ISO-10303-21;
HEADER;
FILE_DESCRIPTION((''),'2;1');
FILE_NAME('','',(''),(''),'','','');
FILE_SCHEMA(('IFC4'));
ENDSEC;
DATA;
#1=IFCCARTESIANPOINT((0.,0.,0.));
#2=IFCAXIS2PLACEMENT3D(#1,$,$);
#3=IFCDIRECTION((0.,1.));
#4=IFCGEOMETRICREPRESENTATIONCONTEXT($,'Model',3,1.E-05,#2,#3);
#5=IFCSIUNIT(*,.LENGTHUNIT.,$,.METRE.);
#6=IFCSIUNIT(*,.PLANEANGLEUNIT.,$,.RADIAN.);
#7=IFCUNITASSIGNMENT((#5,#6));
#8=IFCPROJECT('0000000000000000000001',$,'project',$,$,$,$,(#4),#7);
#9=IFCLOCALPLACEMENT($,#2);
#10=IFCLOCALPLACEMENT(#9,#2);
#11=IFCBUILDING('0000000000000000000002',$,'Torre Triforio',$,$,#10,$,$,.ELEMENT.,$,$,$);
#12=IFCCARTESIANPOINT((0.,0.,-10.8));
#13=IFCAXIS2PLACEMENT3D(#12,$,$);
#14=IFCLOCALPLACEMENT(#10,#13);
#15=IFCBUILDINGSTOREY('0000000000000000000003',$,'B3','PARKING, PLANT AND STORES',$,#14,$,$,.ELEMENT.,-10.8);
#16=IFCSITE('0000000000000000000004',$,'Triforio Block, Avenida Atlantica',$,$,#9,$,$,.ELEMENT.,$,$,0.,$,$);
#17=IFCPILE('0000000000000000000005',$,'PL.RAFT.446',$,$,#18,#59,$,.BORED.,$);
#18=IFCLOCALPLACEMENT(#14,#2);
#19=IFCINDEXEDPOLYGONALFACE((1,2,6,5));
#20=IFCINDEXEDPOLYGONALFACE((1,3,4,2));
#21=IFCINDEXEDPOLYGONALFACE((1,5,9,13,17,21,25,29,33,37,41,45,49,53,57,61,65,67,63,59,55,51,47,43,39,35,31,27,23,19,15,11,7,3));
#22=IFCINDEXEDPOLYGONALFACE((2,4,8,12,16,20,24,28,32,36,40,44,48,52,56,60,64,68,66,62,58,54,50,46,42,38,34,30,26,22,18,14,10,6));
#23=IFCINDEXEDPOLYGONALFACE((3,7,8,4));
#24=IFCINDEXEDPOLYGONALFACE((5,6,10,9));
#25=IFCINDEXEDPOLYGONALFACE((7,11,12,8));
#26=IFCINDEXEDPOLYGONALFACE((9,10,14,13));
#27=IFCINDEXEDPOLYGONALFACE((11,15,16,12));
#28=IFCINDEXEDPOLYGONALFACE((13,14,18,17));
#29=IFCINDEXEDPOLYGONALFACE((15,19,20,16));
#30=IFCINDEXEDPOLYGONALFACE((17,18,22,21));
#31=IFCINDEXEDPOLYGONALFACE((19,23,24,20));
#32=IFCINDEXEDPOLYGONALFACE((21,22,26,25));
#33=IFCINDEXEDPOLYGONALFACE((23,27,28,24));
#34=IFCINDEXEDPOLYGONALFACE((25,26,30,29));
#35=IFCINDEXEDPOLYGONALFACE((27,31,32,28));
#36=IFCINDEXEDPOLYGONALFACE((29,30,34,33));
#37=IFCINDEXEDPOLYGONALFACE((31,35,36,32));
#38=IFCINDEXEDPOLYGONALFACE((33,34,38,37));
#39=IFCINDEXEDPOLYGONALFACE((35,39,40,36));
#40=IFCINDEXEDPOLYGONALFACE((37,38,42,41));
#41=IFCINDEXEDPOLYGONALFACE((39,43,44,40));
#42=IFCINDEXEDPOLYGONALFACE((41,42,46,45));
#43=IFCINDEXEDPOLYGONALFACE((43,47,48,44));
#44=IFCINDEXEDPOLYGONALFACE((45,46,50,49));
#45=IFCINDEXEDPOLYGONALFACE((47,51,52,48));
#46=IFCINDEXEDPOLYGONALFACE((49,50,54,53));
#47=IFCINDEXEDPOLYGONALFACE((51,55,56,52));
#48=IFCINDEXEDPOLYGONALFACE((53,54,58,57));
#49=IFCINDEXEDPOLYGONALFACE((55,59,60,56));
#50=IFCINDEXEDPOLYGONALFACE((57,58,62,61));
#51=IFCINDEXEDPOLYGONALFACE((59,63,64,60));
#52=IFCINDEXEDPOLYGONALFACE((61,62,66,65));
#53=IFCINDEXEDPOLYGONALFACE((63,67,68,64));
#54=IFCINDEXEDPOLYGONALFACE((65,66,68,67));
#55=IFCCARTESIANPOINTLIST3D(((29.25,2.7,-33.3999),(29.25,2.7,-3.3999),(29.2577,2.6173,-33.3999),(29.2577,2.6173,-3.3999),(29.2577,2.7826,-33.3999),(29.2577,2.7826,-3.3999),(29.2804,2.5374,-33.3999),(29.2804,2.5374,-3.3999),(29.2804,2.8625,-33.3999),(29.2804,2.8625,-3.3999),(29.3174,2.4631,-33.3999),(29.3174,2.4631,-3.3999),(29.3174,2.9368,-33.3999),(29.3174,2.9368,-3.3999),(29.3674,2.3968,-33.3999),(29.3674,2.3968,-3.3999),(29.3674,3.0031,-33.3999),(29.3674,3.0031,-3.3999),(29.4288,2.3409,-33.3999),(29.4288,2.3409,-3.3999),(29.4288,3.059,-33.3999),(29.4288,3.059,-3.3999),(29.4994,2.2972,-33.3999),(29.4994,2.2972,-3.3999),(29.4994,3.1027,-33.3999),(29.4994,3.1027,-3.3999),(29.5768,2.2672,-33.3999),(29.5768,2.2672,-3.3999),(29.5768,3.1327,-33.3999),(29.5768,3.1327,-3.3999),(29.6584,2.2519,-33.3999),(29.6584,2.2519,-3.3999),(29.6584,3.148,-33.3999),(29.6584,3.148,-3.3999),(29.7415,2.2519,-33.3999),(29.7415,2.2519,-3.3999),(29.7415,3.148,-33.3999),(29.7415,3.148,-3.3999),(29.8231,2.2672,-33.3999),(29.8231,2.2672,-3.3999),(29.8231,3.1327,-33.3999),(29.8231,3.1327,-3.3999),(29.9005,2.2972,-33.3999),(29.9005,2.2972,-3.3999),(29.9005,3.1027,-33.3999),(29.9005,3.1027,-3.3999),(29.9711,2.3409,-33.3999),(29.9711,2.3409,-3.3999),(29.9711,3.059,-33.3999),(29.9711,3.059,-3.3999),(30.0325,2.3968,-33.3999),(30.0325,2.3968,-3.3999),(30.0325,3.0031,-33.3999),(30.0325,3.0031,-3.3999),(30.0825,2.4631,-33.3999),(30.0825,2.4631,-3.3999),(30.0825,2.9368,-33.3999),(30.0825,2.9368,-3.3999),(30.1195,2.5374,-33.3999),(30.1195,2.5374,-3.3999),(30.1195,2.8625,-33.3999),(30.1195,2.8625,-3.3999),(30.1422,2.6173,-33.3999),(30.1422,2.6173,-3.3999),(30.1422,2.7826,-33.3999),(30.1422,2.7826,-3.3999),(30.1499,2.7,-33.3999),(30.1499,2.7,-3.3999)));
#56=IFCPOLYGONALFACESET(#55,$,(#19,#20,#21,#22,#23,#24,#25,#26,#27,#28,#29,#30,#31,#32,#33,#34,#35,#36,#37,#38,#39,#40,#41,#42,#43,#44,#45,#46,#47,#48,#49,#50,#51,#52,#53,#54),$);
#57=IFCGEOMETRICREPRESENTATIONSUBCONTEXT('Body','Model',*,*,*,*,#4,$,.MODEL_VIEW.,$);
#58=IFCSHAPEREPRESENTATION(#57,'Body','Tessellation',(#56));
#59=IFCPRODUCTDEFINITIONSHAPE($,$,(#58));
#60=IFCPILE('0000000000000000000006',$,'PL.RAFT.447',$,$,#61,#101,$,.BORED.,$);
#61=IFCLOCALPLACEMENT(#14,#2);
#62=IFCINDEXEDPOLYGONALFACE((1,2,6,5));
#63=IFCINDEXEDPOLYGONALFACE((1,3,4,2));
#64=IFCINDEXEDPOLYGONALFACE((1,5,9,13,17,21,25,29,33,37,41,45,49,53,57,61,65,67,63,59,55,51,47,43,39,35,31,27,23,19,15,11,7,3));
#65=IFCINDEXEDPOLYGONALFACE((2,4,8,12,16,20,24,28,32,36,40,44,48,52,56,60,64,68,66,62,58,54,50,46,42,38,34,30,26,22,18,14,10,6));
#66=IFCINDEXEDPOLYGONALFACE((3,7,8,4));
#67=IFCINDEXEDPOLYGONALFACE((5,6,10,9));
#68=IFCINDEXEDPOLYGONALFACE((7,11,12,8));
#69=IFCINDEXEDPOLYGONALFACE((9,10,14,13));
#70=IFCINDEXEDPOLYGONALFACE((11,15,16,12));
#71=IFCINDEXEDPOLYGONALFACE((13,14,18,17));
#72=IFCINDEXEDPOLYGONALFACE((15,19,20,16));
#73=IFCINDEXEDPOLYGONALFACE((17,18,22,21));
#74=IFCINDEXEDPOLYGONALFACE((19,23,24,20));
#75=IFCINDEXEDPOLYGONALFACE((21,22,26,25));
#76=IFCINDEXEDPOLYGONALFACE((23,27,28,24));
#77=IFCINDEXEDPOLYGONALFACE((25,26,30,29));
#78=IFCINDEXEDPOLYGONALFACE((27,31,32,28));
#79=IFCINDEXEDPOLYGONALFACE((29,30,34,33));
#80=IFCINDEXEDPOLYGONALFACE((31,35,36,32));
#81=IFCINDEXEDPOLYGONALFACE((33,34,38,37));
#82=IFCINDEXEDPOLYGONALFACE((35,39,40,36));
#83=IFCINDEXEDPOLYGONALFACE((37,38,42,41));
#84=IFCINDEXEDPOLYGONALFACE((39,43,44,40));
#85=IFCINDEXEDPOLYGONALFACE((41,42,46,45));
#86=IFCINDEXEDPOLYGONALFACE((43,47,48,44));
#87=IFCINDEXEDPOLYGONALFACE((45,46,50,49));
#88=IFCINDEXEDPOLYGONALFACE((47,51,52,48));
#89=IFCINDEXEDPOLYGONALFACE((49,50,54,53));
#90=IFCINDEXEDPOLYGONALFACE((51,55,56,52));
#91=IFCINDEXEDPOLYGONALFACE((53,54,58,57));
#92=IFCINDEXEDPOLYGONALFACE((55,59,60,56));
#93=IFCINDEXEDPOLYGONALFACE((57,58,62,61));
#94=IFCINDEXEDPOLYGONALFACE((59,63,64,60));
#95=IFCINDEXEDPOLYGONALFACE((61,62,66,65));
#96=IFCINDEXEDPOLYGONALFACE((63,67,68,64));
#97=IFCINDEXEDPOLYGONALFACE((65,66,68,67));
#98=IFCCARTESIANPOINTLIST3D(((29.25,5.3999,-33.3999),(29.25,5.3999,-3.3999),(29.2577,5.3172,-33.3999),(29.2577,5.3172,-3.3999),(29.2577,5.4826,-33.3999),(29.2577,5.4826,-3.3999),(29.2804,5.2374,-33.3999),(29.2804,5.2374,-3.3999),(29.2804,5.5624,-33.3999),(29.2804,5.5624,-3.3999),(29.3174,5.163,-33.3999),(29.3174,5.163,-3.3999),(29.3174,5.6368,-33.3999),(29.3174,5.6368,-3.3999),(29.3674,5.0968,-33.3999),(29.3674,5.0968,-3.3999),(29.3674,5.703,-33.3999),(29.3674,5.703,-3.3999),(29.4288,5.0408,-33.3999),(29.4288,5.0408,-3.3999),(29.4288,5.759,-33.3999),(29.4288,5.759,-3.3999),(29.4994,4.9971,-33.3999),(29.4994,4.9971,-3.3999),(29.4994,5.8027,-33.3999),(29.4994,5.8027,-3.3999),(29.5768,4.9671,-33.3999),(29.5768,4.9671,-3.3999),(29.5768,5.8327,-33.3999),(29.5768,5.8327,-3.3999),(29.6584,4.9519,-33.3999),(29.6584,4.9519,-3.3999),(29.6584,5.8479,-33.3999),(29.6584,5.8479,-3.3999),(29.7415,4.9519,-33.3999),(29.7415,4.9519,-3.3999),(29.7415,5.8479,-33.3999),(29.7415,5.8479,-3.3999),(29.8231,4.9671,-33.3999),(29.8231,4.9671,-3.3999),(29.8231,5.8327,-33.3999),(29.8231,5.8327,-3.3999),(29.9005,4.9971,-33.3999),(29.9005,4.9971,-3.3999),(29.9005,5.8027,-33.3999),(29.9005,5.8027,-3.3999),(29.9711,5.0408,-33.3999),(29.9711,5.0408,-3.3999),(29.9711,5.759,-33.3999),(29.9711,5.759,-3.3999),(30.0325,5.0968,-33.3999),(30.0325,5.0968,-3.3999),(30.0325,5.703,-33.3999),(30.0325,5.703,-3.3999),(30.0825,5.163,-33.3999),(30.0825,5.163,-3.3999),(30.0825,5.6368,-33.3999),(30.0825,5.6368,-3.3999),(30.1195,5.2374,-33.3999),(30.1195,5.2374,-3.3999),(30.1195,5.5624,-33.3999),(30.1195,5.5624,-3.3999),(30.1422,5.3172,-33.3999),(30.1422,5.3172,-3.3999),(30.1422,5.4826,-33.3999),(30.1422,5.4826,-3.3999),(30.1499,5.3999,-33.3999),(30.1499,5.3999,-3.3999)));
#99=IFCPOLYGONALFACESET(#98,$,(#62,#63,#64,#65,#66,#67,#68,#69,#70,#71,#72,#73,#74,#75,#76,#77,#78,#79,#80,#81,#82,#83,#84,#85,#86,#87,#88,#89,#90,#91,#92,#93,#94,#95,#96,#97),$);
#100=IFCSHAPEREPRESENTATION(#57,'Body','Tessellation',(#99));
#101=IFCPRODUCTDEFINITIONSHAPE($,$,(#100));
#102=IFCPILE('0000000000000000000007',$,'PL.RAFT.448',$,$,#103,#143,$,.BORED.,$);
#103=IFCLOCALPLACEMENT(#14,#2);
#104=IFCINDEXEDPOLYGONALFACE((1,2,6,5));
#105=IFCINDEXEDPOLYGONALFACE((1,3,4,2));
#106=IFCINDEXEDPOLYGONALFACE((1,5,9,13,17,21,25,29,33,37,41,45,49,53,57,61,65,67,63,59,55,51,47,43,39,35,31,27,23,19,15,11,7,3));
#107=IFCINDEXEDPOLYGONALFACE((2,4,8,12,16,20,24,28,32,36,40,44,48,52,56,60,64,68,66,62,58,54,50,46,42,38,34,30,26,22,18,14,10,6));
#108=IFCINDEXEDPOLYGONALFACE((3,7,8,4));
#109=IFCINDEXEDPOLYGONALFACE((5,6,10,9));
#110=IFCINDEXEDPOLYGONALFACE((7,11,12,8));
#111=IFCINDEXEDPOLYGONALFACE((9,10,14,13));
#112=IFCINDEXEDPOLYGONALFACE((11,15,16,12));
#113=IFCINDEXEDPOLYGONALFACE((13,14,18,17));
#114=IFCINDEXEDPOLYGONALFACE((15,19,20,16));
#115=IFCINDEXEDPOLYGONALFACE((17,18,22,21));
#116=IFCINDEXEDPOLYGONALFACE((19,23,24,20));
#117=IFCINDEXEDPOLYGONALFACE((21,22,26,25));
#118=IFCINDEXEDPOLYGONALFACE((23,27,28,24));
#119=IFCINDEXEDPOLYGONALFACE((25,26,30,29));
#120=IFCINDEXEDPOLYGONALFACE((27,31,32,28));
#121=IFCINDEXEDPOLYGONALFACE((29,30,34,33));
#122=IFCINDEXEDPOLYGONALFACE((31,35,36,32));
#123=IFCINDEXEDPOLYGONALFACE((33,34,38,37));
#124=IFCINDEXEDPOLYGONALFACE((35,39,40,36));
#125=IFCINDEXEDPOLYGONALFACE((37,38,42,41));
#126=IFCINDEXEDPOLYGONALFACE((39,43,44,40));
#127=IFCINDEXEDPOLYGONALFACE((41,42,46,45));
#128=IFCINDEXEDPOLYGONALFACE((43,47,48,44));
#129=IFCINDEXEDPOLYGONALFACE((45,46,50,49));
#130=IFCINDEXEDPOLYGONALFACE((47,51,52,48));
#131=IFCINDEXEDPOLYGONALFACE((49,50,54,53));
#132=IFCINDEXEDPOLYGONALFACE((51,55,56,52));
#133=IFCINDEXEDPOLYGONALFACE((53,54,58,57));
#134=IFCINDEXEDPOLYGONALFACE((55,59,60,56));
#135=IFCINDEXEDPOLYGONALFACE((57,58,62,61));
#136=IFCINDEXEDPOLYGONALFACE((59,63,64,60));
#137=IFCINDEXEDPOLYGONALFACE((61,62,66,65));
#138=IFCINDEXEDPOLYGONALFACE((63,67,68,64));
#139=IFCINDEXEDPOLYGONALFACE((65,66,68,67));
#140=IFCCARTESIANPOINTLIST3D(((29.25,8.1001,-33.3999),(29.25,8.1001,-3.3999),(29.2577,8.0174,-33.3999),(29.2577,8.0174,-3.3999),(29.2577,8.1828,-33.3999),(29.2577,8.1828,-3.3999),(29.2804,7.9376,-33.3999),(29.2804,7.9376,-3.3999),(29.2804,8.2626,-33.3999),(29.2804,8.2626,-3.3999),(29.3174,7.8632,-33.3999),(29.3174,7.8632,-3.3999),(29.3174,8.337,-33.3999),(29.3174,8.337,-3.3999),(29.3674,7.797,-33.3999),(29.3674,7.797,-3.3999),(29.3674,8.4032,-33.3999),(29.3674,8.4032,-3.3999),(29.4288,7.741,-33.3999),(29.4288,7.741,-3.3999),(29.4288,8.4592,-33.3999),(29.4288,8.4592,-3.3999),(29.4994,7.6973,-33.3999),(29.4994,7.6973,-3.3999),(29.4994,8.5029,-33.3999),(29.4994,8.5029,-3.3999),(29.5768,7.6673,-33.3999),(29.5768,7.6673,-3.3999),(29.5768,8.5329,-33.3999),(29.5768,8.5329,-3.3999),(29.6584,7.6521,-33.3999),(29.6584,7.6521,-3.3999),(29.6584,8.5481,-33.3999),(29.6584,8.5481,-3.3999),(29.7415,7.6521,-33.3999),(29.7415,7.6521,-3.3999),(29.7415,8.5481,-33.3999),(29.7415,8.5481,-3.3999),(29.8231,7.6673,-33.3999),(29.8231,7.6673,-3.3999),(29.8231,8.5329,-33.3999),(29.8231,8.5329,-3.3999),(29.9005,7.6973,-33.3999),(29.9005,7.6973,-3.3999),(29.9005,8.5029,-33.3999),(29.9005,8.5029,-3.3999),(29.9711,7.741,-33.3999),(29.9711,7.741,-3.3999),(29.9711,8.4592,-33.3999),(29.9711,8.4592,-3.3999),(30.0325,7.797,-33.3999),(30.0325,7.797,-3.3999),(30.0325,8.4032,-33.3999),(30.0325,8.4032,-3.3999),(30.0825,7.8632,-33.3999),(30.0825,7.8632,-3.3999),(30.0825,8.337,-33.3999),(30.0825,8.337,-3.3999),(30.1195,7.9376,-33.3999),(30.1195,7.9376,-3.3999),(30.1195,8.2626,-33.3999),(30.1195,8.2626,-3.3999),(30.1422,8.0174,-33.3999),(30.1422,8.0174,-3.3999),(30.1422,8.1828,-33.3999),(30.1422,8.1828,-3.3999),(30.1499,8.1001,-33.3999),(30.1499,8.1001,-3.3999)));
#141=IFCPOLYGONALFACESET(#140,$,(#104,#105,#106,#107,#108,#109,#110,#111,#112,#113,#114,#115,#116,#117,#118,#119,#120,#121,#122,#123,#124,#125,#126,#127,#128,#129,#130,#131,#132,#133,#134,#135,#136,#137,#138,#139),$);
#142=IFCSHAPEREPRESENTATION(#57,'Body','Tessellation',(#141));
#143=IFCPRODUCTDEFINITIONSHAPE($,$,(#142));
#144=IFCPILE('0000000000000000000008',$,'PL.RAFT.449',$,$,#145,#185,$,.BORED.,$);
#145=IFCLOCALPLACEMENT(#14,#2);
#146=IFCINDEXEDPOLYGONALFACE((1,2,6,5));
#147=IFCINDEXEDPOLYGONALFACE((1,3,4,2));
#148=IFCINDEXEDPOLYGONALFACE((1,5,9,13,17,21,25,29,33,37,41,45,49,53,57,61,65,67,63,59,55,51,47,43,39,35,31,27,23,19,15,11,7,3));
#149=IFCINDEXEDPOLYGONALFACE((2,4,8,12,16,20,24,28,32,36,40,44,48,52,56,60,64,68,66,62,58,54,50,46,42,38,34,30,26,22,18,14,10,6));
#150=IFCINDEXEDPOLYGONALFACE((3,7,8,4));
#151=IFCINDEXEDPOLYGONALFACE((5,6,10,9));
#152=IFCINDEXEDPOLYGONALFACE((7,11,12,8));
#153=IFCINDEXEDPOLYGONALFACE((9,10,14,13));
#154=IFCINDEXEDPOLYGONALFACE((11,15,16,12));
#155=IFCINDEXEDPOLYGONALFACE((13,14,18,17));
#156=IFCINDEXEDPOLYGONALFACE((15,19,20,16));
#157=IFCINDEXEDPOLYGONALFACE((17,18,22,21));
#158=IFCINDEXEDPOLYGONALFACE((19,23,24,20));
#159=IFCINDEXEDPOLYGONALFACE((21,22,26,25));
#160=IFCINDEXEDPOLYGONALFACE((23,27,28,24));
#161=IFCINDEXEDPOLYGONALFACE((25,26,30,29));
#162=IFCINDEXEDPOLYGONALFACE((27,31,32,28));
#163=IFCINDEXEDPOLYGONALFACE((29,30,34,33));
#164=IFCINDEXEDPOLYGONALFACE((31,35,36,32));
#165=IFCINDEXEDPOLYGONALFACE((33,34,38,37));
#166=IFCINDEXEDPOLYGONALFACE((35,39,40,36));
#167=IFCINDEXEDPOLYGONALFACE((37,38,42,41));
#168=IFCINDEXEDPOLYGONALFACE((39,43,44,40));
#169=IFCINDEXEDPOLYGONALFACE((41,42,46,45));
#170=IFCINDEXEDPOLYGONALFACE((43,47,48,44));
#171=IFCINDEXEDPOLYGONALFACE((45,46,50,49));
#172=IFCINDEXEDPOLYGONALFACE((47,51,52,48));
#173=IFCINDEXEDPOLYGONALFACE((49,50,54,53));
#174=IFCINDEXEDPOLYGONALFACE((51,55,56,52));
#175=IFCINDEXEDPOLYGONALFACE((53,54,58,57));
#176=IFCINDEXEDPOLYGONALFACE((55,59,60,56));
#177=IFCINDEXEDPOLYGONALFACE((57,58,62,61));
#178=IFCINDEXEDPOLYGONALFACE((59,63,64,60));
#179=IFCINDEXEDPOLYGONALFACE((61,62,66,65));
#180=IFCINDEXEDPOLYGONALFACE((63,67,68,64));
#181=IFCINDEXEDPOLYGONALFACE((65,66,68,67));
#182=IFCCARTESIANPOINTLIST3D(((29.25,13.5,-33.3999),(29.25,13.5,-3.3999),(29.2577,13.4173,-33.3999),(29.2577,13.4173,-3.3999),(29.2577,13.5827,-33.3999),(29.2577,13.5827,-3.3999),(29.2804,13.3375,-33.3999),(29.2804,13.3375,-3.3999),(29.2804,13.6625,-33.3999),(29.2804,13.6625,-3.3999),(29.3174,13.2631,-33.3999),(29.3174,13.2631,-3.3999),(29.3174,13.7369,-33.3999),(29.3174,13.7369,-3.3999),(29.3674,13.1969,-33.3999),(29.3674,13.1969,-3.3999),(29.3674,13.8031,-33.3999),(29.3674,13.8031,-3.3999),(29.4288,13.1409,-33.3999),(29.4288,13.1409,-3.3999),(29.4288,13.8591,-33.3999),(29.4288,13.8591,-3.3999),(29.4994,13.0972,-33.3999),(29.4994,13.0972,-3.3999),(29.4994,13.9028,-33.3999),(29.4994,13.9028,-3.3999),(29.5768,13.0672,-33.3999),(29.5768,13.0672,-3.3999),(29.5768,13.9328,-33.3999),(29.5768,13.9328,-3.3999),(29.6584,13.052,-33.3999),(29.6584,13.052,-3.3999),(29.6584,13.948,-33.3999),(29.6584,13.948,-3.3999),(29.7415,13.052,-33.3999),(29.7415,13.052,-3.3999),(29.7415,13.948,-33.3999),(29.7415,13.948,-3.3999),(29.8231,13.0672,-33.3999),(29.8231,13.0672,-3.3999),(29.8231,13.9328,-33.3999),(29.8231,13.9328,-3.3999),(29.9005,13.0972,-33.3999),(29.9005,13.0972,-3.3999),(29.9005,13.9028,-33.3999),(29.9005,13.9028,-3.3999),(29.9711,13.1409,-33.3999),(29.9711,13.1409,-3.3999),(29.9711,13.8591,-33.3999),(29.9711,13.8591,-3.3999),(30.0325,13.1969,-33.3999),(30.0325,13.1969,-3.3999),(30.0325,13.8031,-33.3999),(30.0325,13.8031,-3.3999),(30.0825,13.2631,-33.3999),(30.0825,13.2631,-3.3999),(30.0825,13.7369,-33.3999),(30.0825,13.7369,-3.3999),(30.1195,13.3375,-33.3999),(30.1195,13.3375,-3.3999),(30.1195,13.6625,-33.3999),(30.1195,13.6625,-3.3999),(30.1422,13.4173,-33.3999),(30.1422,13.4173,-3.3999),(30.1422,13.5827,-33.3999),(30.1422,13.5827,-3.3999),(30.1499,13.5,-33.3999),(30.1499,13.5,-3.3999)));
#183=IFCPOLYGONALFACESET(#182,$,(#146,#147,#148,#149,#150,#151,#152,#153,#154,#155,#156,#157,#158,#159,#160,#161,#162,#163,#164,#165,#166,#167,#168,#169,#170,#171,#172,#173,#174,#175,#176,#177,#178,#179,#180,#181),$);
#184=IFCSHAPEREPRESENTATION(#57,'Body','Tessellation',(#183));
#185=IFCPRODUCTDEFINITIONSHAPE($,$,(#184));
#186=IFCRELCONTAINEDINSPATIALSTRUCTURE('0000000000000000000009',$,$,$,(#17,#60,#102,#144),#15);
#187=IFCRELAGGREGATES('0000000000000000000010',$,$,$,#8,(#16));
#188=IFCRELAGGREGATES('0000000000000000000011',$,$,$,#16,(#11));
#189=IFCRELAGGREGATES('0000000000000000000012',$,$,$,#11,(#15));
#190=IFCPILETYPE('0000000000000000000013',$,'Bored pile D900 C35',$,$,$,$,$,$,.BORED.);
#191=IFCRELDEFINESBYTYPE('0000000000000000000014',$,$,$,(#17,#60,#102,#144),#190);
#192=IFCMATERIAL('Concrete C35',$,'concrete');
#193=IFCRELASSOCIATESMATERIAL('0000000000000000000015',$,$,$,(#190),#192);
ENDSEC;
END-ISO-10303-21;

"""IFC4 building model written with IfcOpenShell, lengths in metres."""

from ifc_helpers import new_model, si_unit, direction, frame, origin, origin_2d, place, context, subcontext, project, spatial, circle, extrude, material, material_profile, profile_set, type_object, element, save


model = new_model("IFC4")

# Units and contexts
model_context = context("Model", 3, precision=1e-05, world=origin(), true_north=direction((0.0, 1.0)))
body_context = subcontext(model_context, "Body", "Model", "MODEL_VIEW")
ifc_project = project(units=[si_unit("LENGTHUNIT", "METRE"), si_unit("PLANEANGLEUNIT", "RADIAN")], contexts=[model_context])

# Site, building, storey
site_placement = place(None, origin())
site = spatial("IfcSite", under=ifc_project, at=site_placement, Name="Triforio Block, Avenida Atlantica", CompositionType="ELEMENT", RefElevation=0.0)
building_placement = place(site_placement, origin())
building = spatial("IfcBuilding", under=site, at=building_placement, Name="Torre Triforio", CompositionType="ELEMENT")
storey_placement = place(building_placement, frame((0.0, 0.0, -10.8)))
storey = spatial("IfcBuildingStorey", under=building, at=storey_placement, Name="B3", Description="PARKING, PLANT AND STORES", CompositionType="ELEMENT", Elevation=-10.8)

# Piles
ifc_material_1 = material(Name="Concrete C35", Category="concrete")
ifc_material_profile_1 = material_profile(ifc_material_1, circle(Radius=0.45, at=origin_2d()), Name="RC D900")
ifc_profile_set_1 = profile_set([ifc_material_profile_1], Name="Concrete C35")
pile_type = type_object("IfcPileType", Name="Bored pile D900 C35", PredefinedType="BORED", material=ifc_profile_set_1)
for number, where, z_axis, x_axis, name in (
    (1, (29.7, 2.7, -3.3999), (0.0, 0.0, -1.0), (1.0, 0.0, 0.0), "PL.RAFT.446"),
    (2, (29.7, 5.3999, -3.3999), (0.0, 0.0, -1.0), (1.0, 0.0, 0.0), "PL.RAFT.447"),
    (3, (29.7, 8.1001, -3.3999), (0.0, 0.0, -1.0), (1.0, 0.0, 0.0), "PL.RAFT.448"),
    (4, (29.7, 13.5, -3.3999), (0.0, 0.0, -1.0), (1.0, 0.0, 0.0), "PL.RAFT.449"),
):
    element("IfcPile", number, at=place(storey_placement, frame(where, z_axis=z_axis, x_axis=x_axis)), inside=storey, type_object=pile_type, Name=name, PredefinedType="BORED", context=body_context, shape_type="SweptSolid", body=[
        extrude(circle(Radius=0.45, at=origin_2d()), origin(), (0.0, 0.0, 1.0), 30.0),
    ])

save(model, "model.ifc")
